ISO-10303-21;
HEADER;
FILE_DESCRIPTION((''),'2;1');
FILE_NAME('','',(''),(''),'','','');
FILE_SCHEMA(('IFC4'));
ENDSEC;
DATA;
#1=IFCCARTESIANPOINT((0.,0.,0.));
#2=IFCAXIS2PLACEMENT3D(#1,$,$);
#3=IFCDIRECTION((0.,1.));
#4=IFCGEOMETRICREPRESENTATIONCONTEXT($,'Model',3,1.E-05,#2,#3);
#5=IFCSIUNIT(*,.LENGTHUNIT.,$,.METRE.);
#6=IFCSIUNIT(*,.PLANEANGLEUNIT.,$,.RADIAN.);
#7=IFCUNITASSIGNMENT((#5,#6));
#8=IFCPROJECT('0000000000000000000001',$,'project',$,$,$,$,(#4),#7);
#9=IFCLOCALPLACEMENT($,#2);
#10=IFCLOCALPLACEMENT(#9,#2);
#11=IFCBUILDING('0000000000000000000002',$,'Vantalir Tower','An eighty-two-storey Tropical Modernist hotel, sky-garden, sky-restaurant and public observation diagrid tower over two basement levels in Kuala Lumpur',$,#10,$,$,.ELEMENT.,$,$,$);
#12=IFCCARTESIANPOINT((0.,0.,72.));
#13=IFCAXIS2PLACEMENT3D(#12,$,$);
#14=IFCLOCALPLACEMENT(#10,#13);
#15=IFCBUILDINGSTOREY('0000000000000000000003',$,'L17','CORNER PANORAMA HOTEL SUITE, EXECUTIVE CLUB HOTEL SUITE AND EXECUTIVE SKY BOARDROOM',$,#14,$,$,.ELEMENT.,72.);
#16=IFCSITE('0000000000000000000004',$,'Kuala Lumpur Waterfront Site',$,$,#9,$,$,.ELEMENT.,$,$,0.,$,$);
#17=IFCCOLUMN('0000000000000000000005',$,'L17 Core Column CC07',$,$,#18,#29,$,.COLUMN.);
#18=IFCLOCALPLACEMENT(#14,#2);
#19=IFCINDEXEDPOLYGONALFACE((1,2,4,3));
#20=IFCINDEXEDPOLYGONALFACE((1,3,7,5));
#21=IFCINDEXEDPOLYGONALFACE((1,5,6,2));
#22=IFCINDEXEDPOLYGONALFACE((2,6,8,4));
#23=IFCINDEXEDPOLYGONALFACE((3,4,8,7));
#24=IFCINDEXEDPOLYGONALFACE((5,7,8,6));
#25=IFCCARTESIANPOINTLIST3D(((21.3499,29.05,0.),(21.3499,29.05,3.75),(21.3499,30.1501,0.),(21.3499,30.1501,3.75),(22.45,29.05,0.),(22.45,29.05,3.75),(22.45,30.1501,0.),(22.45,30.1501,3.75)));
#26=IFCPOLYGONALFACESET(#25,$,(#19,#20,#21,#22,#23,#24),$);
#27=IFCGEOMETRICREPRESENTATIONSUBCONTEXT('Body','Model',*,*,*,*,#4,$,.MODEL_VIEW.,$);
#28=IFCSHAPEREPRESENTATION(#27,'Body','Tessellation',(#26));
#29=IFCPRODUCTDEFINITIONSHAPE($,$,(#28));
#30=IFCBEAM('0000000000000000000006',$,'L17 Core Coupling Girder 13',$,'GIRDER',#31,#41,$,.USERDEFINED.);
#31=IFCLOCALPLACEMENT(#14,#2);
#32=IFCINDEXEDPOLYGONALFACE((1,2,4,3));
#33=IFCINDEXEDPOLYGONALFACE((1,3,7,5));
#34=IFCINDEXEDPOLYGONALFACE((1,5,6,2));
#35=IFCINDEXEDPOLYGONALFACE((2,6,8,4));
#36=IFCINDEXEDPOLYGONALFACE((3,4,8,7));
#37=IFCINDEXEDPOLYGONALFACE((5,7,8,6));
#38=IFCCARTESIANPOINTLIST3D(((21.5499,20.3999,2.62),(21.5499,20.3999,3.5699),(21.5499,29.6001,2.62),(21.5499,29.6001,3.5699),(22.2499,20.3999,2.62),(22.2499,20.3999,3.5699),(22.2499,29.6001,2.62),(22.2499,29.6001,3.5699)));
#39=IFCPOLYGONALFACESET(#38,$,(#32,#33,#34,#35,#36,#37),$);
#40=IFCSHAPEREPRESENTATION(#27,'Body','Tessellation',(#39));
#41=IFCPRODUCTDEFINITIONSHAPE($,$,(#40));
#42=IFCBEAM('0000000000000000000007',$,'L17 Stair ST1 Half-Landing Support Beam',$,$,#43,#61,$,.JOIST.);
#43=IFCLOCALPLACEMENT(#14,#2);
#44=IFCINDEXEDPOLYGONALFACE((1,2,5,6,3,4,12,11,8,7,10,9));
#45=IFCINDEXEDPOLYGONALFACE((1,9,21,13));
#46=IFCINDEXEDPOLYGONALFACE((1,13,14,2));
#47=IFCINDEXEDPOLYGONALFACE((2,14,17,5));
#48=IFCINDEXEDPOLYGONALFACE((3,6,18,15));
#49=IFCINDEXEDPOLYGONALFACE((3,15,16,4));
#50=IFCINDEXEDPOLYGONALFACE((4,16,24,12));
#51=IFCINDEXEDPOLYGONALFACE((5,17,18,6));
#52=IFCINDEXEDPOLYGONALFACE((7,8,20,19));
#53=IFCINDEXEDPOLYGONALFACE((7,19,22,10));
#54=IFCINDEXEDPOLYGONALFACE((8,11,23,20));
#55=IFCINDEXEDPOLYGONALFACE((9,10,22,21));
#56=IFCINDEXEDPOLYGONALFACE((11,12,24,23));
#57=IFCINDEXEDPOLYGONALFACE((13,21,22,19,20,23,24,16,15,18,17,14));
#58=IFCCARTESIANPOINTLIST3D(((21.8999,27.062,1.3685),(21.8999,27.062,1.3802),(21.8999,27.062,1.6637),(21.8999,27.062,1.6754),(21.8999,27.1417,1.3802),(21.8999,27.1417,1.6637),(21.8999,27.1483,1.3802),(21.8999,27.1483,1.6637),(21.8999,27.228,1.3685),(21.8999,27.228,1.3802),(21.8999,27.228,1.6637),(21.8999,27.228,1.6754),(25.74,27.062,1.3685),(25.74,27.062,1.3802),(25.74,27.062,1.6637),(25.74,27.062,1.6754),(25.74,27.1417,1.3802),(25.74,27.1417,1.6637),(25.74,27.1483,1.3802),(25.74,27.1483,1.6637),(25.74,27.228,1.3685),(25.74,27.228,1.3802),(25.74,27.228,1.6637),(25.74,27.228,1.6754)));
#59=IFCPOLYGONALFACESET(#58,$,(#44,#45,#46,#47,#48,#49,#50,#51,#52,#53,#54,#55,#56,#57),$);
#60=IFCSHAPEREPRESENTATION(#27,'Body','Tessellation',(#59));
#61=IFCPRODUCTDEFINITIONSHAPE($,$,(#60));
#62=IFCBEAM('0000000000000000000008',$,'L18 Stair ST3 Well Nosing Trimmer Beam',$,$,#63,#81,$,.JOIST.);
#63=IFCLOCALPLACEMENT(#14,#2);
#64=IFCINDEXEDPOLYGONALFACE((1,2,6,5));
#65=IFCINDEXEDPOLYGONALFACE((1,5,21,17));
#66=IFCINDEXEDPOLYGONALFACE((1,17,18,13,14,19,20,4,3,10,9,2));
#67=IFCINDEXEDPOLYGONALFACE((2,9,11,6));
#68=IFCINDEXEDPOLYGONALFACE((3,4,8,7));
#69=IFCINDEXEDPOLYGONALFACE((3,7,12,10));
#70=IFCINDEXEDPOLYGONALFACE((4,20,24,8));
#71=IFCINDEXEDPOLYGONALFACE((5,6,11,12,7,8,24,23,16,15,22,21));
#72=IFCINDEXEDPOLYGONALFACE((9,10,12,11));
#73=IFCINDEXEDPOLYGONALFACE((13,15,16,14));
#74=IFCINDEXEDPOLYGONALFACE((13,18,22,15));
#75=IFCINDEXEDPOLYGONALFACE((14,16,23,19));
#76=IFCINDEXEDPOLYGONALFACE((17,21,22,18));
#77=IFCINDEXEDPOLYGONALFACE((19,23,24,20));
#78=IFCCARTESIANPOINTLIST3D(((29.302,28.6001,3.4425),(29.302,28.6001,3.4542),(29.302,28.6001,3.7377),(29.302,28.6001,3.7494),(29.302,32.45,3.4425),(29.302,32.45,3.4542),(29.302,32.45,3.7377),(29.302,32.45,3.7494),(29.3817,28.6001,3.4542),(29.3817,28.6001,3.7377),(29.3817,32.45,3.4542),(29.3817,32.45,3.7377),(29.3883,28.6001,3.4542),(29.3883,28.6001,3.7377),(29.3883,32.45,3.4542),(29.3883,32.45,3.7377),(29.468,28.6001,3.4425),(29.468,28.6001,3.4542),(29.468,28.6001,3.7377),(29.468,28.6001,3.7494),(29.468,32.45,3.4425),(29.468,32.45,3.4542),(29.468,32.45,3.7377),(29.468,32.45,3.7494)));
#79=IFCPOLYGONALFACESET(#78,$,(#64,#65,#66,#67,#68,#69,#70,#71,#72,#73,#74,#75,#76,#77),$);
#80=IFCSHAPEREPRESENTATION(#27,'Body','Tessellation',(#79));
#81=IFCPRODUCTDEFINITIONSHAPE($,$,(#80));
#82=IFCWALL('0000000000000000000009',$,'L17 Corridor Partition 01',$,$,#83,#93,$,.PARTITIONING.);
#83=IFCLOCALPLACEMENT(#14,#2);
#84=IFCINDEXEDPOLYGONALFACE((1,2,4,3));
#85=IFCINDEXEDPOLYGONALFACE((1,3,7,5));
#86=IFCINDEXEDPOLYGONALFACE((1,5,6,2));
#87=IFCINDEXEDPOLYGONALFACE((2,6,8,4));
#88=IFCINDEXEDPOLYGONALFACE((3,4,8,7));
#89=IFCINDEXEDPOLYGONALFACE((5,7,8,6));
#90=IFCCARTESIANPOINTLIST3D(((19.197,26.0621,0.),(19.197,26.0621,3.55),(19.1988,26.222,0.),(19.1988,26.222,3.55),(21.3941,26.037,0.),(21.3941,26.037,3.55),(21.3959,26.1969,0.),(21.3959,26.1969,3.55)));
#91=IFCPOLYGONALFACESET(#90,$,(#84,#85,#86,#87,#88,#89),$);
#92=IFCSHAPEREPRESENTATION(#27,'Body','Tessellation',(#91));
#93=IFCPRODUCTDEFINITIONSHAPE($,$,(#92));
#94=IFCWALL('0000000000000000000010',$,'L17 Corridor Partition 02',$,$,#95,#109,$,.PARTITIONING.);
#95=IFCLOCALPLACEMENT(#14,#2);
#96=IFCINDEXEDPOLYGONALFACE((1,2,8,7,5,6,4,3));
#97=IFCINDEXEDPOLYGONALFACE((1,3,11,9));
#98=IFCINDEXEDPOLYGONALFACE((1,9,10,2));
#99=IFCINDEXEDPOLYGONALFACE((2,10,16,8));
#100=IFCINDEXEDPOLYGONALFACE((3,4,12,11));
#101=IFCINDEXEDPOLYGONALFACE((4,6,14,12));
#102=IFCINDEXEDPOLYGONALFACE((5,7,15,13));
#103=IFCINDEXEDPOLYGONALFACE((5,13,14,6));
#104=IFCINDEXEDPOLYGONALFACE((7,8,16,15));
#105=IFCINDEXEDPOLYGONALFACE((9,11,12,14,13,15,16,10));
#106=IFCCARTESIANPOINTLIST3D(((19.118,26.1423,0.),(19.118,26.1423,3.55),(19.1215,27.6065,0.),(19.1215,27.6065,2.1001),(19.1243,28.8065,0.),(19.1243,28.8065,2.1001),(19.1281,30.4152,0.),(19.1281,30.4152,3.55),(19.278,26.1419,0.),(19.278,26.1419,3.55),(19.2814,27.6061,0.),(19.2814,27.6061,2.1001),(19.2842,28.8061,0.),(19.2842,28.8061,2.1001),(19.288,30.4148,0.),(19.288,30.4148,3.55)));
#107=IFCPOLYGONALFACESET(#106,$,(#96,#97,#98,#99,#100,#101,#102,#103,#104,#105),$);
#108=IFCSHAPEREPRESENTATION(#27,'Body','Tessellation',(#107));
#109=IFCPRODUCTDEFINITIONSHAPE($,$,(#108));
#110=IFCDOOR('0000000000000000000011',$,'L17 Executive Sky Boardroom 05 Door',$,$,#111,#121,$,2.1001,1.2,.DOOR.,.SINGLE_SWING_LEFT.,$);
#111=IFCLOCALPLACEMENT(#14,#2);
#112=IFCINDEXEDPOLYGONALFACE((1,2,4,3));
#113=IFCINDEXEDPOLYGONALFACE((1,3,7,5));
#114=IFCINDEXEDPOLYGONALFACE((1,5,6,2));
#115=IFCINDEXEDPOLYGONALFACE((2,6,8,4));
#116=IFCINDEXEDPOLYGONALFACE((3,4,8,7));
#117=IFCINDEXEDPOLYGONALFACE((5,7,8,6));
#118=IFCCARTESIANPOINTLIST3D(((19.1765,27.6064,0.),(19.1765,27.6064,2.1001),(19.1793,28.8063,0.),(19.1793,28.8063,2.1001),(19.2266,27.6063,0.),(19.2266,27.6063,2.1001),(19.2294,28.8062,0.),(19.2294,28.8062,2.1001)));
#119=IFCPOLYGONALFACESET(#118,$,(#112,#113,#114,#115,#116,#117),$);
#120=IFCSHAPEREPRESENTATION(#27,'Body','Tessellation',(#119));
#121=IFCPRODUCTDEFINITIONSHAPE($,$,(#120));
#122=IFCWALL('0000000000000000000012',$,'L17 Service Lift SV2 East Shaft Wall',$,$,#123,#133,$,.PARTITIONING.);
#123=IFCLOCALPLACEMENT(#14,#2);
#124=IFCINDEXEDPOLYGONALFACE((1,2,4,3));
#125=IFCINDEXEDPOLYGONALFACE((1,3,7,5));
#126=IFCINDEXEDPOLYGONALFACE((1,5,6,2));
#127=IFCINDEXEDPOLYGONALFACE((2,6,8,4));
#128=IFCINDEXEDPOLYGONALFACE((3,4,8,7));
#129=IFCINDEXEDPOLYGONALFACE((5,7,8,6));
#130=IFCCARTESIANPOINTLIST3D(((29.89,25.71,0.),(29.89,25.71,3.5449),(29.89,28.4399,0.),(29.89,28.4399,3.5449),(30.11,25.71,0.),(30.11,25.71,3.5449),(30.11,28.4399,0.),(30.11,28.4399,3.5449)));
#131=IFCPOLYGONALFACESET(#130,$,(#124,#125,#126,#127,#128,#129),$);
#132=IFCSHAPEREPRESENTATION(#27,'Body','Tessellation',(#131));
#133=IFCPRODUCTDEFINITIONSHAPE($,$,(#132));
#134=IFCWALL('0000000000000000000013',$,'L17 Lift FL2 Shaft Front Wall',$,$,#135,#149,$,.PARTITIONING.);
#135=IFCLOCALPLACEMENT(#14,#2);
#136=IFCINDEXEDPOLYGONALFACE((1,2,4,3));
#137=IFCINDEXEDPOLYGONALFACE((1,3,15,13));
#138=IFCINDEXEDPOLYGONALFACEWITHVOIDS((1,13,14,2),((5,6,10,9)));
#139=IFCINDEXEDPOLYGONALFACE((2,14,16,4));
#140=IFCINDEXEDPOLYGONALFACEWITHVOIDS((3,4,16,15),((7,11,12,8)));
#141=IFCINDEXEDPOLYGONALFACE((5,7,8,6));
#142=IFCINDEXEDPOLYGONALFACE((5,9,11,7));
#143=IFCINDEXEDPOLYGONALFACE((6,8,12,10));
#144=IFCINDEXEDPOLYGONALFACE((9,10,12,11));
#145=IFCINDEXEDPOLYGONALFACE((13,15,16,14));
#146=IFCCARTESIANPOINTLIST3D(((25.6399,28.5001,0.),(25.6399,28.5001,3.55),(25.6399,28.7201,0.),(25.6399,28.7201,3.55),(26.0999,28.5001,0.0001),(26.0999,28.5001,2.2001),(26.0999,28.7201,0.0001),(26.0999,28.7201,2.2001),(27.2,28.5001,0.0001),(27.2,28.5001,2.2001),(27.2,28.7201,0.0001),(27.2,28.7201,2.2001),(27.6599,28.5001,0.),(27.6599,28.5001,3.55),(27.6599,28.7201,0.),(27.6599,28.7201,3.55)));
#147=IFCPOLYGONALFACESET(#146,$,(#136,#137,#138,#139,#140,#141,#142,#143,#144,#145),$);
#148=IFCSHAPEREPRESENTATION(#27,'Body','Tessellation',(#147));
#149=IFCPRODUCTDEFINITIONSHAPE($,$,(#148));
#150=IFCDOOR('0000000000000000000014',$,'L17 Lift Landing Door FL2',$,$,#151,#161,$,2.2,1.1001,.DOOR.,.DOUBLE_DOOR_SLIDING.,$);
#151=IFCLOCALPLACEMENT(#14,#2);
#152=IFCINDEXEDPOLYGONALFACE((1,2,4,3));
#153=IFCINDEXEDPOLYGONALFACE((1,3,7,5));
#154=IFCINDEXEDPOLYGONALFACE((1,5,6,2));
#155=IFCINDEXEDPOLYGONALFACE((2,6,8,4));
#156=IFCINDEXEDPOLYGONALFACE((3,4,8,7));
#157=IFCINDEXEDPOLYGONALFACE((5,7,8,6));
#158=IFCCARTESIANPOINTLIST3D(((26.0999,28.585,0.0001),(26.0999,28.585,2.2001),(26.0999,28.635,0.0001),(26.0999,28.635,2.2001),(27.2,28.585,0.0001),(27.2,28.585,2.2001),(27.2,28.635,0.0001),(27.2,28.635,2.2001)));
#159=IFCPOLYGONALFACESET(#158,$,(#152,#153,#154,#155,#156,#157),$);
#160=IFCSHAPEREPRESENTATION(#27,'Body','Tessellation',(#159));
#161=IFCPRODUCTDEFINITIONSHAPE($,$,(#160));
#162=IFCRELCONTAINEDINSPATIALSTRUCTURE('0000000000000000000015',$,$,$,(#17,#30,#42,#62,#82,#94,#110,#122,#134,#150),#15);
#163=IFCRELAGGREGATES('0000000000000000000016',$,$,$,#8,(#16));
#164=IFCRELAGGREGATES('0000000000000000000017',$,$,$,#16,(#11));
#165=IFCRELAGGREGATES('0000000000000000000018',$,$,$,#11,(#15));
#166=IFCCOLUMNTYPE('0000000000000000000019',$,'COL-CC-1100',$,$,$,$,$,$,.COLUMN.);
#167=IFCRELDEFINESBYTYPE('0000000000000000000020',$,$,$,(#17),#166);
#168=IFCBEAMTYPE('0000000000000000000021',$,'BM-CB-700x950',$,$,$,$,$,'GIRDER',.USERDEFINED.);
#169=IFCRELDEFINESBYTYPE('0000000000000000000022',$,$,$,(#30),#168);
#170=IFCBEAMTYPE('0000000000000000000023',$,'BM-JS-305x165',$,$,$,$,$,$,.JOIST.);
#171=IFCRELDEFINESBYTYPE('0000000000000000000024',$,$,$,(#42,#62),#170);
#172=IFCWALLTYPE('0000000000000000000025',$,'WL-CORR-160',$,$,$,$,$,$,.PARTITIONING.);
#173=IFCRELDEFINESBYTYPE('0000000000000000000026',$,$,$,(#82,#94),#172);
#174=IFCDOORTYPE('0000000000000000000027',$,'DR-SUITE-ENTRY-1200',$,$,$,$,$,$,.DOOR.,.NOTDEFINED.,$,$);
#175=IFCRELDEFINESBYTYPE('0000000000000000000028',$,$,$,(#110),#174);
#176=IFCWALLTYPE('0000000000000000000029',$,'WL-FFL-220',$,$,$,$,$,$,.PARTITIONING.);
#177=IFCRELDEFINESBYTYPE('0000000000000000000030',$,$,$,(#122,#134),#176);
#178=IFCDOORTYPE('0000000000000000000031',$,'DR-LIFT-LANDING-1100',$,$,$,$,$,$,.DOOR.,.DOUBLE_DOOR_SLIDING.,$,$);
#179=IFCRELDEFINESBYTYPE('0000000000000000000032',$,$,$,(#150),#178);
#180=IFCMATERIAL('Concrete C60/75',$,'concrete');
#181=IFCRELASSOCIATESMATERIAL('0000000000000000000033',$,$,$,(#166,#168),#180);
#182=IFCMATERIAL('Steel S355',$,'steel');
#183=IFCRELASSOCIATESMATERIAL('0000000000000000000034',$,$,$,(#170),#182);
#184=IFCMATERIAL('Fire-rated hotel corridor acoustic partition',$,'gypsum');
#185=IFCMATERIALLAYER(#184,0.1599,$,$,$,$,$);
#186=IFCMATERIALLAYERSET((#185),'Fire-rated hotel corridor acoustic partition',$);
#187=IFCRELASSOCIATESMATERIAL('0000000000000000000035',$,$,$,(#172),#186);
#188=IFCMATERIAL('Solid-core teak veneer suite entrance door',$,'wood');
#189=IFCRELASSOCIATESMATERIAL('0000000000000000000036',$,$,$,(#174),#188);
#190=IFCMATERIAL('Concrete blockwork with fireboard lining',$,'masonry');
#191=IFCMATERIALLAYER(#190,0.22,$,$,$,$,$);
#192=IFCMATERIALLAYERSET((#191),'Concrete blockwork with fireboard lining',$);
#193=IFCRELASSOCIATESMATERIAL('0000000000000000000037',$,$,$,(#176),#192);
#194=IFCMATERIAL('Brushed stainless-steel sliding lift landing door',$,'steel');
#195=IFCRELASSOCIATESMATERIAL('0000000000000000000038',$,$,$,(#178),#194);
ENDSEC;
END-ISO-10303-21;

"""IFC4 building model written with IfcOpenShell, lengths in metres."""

from ifc_helpers import new_model, si_unit, direction, frame, frame_2d, origin, origin_2d, place, context, subcontext, project, spatial, rectangle, i_section, extrude, material, layer, layer_set, material_profile, profile_set, type_object, element, fill, save


model = new_model("IFC4")

# Units and contexts
model_context = context("Model", 3, precision=1e-05, world=origin(), true_north=direction((0.0, 1.0)))
body_context = subcontext(model_context, "Body", "Model", "MODEL_VIEW")
ifc_project = project(units=[si_unit("LENGTHUNIT", "METRE"), si_unit("PLANEANGLEUNIT", "RADIAN")], contexts=[model_context])

# Site, building, storey
site_placement = place(None, origin())
site = spatial("IfcSite", under=ifc_project, at=site_placement, Name="Kuala Lumpur Waterfront Site", CompositionType="ELEMENT", RefElevation=0.0)
building_placement = place(site_placement, origin())
building = spatial("IfcBuilding", under=site, at=building_placement, Name="Vantalir Tower", Description="An eighty-two-storey Tropical Modernist hotel, sky-garden, sky-restaurant and public observation diagrid tower over two basement levels in Kuala Lumpur", CompositionType="ELEMENT")
storey_placement = place(building_placement, frame((0.0, 0.0, 72.0)))
storey = spatial("IfcBuildingStorey", under=building, at=storey_placement, Name="L17", Description="CORNER PANORAMA HOTEL SUITE, EXECUTIVE CLUB HOTEL SUITE AND EXECUTIVE SKY BOARDROOM", CompositionType="ELEMENT", Elevation=72.0)

# Column
ifc_material_1 = material(Name="Concrete C60/75", Category="concrete")
ifc_material_profile_1 = material_profile(ifc_material_1, rectangle(XDim=1.1001, YDim=1.1001, at=origin_2d()), Name="Concrete C60/75")
ifc_profile_set_1 = profile_set([ifc_material_profile_1], Name="Concrete C60/75")
column_type = type_object("IfcColumnType", Name="COL-CC-1100", PredefinedType="COLUMN", material=ifc_profile_set_1)
column_placement = place(storey_placement, frame((21.8999, 29.6001, 0.0), z_axis=(0.0, 0.0, 1.0), x_axis=(1.0, 0.0, 0.0)))
element("IfcColumn", 1, at=column_placement, inside=storey, type_object=column_type, Name="L17 Core Column CC07", PredefinedType="COLUMN", context=body_context, shape_type="SweptSolid", body=[
    extrude(rectangle(XDim=1.1001, YDim=1.1001, at=origin_2d()), origin(), (0.0, 0.0, 1.0), 3.75),
])

# Beams
ifc_material_profile_2 = material_profile(ifc_material_1, rectangle(XDim=0.7, YDim=0.95, at=origin_2d()), Name="Concrete C60/75")
ifc_profile_set_2 = profile_set([ifc_material_profile_2], Name="Concrete C60/75")
beam_type_1 = type_object("IfcBeamType", Name="BM-CB-700x950", ElementType="GIRDER", PredefinedType="USERDEFINED", material=ifc_profile_set_2)
beam_1_placement = place(storey_placement, frame((21.8999, 29.6001, 3.095), z_axis=(0.0, -1.0, 0.0), x_axis=(1.0, 0.0, 0.0)))
element("IfcBeam", 2, at=beam_1_placement, inside=storey, type_object=beam_type_1, Name="L17 Core Coupling Girder 13", ObjectType="GIRDER", PredefinedType="USERDEFINED", context=body_context, shape_type="SweptSolid", body=[
    extrude(rectangle(XDim=0.7, YDim=0.95, at=origin_2d()), origin(), (0.0, 0.0, 1.0), 9.2002),
])
ifc_material_2 = material(Name="Steel S355", Category="steel")
ifc_material_profile_3 = material_profile(ifc_material_2, i_section(OverallWidth=0.166, OverallDepth=0.3069, WebThickness=0.0066, FlangeThickness=0.0117, at=origin_2d()), Name="Steel S355")
ifc_profile_set_3 = profile_set([ifc_material_profile_3], Name="Steel S355")
beam_type_2 = type_object("IfcBeamType", Name="BM-JS-305x165", PredefinedType="JOIST", material=ifc_profile_set_3)
beam_2_placement = place(storey_placement, frame((21.8999, 27.145, 1.522), z_axis=(1.0, 0.0, 0.0), x_axis=(0.0, 1.0, 0.0)))
element("IfcBeam", 3, at=beam_2_placement, inside=storey, type_object=beam_type_2, Name="L17 Stair ST1 Half-Landing Support Beam", PredefinedType="JOIST", context=body_context, shape_type="SweptSolid", body=[
    extrude(i_section(OverallWidth=0.166, OverallDepth=0.3069, WebThickness=0.0066, FlangeThickness=0.0117, at=origin_2d()), origin(), (0.0, 0.0, 1.0), 3.8401),
])
beam_3_placement = place(storey_placement, frame((29.385, 28.6001, 3.5959), z_axis=(0.0, 1.0, 0.0), x_axis=(-1.0, 0.0, 0.0)))
element("IfcBeam", 4, at=beam_3_placement, inside=storey, type_object=beam_type_2, Name="L18 Stair ST3 Well Nosing Trimmer Beam", PredefinedType="JOIST", context=body_context, shape_type="SweptSolid", body=[
    extrude(i_section(OverallWidth=0.166, OverallDepth=0.3069, WebThickness=0.0066, FlangeThickness=0.0117, at=origin_2d()), origin(), (0.0, 0.0, 1.0), 3.8499),
])

# Wall
ifc_material_3 = material(Name="Fire-rated hotel corridor acoustic partition", Category="gypsum")
ifc_layer_1 = layer(ifc_material_3, 0.1599)
ifc_layer_set_1 = layer_set([ifc_layer_1], Name="Fire-rated hotel corridor acoustic partition")
wall_type_1 = type_object("IfcWallType", Name="WL-CORR-160", PredefinedType="PARTITIONING", material=ifc_layer_set_1)
wall_1_placement = place(storey_placement, frame((21.395, 26.1169, 0.0), z_axis=(0.0, 0.0, 1.0), x_axis=(-0.999935, 0.011445, 0.0)))
element("IfcWall", 5, at=wall_1_placement, inside=storey, type_object=wall_type_1, Name="L17 Corridor Partition 01", PredefinedType="PARTITIONING", context=body_context, shape_type="SweptSolid", body=[
    extrude(rectangle(XDim=2.1973, YDim=0.1599, at=frame_2d((1.0986, 0.0))), origin(), (0.0, 0.0, 1.0), 3.55),
])

# Wall, opening, door
wall_2_placement = place(storey_placement, frame((19.198, 26.1421, 0.0), z_axis=(0.0, 0.0, 1.0), x_axis=(0.002343, 0.999997, 0.0)))
wall_2 = element("IfcWall", 6, at=wall_2_placement, inside=storey, type_object=wall_type_1, Name="L17 Corridor Partition 02", PredefinedType="PARTITIONING", context=body_context, shape_type="SweptSolid", body=[
    extrude(rectangle(XDim=4.2729, YDim=0.1599, at=frame_2d((2.1365, 0.0))), origin(), (0.0, 0.0, 1.0), 3.55),
])
opening_1_placement = place(wall_2_placement, frame((1.4641, 0.0, 0.0)))
opening_1 = element("IfcOpeningElement", 7, at=opening_1_placement, cuts=wall_2, PredefinedType="OPENING", context=body_context, shape_type="SweptSolid", body=[
    extrude(rectangle(XDim=1.2, YDim=2.1001, at=frame_2d((0.6001, 1.05))), frame((0.0, 0.0898, 0.0), z_axis=(0.0, -1.0, 0.0), x_axis=(1.0, 0.0, 0.0)), (0.0, 0.0, 1.0), 0.1799),
])
ifc_material_4 = material(Name="Solid-core teak veneer suite entrance door", Category="wood")
door_type_1 = type_object("IfcDoorType", Name="DR-SUITE-ENTRY-1200", OperationType="NOTDEFINED", PredefinedType="DOOR", material=ifc_material_4)
door_1_placement = place(opening_1_placement, origin())
door_1 = element("IfcDoor", 8, at=door_1_placement, inside=storey, type_object=door_type_1, Name="L17 Executive Sky Boardroom 05 Door", OperationType="SINGLE_SWING_LEFT", OverallHeight=2.1001, OverallWidth=1.2, PredefinedType="DOOR", context=body_context, shape_type="SweptSolid", body=[
    extrude(rectangle(XDim=1.2, YDim=2.1001, at=frame_2d((0.6001, 1.05))), frame((0.0, 0.0249, 0.0), z_axis=(0.0, -1.0, 0.0), x_axis=(1.0, 0.0, 0.0)), (0.0, 0.0, 1.0), 0.05),
])
fill(opening_1, door_1)

# Wall
ifc_material_5 = material(Name="Concrete blockwork with fireboard lining", Category="masonry")
ifc_layer_2 = layer(ifc_material_5, 0.22)
ifc_layer_set_2 = layer_set([ifc_layer_2], Name="Concrete blockwork with fireboard lining")
wall_type_2 = type_object("IfcWallType", Name="WL-FFL-220", PredefinedType="PARTITIONING", material=ifc_layer_set_2)
wall_3_placement = place(storey_placement, frame((30.0, 25.71, 0.0), z_axis=(0.0, 0.0, 1.0), x_axis=(0.0, 1.0, 0.0)))
element("IfcWall", 9, at=wall_3_placement, inside=storey, type_object=wall_type_2, Name="L17 Service Lift SV2 East Shaft Wall", PredefinedType="PARTITIONING", context=body_context, shape_type="SweptSolid", body=[
    extrude(rectangle(XDim=2.73, YDim=0.22, at=frame_2d((1.365, 0.0))), origin(), (0.0, 0.0, 1.0), 3.5449),
])

# Wall, opening, door
wall_4_placement = place(storey_placement, frame((25.6399, 28.6101, 0.0), z_axis=(0.0, 0.0, 1.0), x_axis=(1.0, 0.0, 0.0)))
wall_4 = element("IfcWall", 10, at=wall_4_placement, inside=storey, type_object=wall_type_2, Name="L17 Lift FL2 Shaft Front Wall", PredefinedType="PARTITIONING", context=body_context, shape_type="SweptSolid", body=[
    extrude(rectangle(XDim=2.02, YDim=0.22, at=frame_2d((1.01, 0.0))), origin(), (0.0, 0.0, 1.0), 3.55),
])
opening_2_placement = place(wall_4_placement, frame((0.46, 0.0, 0.0)))
opening_2 = element("IfcOpeningElement", 11, at=opening_2_placement, cuts=wall_4, PredefinedType="OPENING", context=body_context, shape_type="SweptSolid", body=[
    extrude(rectangle(XDim=1.1001, YDim=2.2, at=frame_2d((0.55, 1.1001))), frame((0.0, 0.1199, 0.0), z_axis=(0.0, -1.0, 0.0), x_axis=(1.0, 0.0, 0.0)), (0.0, 0.0, 1.0), 0.24),
])
ifc_material_6 = material(Name="Brushed stainless-steel sliding lift landing door", Category="steel")
door_type_2 = type_object("IfcDoorType", Name="DR-LIFT-LANDING-1100", OperationType="DOUBLE_DOOR_SLIDING", PredefinedType="DOOR", material=ifc_material_6)
door_2_placement = place(opening_2_placement, origin())
door_2 = element("IfcDoor", 12, at=door_2_placement, inside=storey, type_object=door_type_2, Name="L17 Lift Landing Door FL2", OperationType="DOUBLE_DOOR_SLIDING", OverallHeight=2.2, OverallWidth=1.1001, PredefinedType="DOOR", context=body_context, shape_type="SweptSolid", body=[
    extrude(rectangle(XDim=1.1001, YDim=2.2, at=frame_2d((0.55, 1.1001))), frame((0.0, 0.0249, 0.0), z_axis=(0.0, -1.0, 0.0), x_axis=(1.0, 0.0, 0.0)), (0.0, 0.0, 1.0), 0.05),
])
fill(opening_2, door_2)

save(model, "model.ifc")
